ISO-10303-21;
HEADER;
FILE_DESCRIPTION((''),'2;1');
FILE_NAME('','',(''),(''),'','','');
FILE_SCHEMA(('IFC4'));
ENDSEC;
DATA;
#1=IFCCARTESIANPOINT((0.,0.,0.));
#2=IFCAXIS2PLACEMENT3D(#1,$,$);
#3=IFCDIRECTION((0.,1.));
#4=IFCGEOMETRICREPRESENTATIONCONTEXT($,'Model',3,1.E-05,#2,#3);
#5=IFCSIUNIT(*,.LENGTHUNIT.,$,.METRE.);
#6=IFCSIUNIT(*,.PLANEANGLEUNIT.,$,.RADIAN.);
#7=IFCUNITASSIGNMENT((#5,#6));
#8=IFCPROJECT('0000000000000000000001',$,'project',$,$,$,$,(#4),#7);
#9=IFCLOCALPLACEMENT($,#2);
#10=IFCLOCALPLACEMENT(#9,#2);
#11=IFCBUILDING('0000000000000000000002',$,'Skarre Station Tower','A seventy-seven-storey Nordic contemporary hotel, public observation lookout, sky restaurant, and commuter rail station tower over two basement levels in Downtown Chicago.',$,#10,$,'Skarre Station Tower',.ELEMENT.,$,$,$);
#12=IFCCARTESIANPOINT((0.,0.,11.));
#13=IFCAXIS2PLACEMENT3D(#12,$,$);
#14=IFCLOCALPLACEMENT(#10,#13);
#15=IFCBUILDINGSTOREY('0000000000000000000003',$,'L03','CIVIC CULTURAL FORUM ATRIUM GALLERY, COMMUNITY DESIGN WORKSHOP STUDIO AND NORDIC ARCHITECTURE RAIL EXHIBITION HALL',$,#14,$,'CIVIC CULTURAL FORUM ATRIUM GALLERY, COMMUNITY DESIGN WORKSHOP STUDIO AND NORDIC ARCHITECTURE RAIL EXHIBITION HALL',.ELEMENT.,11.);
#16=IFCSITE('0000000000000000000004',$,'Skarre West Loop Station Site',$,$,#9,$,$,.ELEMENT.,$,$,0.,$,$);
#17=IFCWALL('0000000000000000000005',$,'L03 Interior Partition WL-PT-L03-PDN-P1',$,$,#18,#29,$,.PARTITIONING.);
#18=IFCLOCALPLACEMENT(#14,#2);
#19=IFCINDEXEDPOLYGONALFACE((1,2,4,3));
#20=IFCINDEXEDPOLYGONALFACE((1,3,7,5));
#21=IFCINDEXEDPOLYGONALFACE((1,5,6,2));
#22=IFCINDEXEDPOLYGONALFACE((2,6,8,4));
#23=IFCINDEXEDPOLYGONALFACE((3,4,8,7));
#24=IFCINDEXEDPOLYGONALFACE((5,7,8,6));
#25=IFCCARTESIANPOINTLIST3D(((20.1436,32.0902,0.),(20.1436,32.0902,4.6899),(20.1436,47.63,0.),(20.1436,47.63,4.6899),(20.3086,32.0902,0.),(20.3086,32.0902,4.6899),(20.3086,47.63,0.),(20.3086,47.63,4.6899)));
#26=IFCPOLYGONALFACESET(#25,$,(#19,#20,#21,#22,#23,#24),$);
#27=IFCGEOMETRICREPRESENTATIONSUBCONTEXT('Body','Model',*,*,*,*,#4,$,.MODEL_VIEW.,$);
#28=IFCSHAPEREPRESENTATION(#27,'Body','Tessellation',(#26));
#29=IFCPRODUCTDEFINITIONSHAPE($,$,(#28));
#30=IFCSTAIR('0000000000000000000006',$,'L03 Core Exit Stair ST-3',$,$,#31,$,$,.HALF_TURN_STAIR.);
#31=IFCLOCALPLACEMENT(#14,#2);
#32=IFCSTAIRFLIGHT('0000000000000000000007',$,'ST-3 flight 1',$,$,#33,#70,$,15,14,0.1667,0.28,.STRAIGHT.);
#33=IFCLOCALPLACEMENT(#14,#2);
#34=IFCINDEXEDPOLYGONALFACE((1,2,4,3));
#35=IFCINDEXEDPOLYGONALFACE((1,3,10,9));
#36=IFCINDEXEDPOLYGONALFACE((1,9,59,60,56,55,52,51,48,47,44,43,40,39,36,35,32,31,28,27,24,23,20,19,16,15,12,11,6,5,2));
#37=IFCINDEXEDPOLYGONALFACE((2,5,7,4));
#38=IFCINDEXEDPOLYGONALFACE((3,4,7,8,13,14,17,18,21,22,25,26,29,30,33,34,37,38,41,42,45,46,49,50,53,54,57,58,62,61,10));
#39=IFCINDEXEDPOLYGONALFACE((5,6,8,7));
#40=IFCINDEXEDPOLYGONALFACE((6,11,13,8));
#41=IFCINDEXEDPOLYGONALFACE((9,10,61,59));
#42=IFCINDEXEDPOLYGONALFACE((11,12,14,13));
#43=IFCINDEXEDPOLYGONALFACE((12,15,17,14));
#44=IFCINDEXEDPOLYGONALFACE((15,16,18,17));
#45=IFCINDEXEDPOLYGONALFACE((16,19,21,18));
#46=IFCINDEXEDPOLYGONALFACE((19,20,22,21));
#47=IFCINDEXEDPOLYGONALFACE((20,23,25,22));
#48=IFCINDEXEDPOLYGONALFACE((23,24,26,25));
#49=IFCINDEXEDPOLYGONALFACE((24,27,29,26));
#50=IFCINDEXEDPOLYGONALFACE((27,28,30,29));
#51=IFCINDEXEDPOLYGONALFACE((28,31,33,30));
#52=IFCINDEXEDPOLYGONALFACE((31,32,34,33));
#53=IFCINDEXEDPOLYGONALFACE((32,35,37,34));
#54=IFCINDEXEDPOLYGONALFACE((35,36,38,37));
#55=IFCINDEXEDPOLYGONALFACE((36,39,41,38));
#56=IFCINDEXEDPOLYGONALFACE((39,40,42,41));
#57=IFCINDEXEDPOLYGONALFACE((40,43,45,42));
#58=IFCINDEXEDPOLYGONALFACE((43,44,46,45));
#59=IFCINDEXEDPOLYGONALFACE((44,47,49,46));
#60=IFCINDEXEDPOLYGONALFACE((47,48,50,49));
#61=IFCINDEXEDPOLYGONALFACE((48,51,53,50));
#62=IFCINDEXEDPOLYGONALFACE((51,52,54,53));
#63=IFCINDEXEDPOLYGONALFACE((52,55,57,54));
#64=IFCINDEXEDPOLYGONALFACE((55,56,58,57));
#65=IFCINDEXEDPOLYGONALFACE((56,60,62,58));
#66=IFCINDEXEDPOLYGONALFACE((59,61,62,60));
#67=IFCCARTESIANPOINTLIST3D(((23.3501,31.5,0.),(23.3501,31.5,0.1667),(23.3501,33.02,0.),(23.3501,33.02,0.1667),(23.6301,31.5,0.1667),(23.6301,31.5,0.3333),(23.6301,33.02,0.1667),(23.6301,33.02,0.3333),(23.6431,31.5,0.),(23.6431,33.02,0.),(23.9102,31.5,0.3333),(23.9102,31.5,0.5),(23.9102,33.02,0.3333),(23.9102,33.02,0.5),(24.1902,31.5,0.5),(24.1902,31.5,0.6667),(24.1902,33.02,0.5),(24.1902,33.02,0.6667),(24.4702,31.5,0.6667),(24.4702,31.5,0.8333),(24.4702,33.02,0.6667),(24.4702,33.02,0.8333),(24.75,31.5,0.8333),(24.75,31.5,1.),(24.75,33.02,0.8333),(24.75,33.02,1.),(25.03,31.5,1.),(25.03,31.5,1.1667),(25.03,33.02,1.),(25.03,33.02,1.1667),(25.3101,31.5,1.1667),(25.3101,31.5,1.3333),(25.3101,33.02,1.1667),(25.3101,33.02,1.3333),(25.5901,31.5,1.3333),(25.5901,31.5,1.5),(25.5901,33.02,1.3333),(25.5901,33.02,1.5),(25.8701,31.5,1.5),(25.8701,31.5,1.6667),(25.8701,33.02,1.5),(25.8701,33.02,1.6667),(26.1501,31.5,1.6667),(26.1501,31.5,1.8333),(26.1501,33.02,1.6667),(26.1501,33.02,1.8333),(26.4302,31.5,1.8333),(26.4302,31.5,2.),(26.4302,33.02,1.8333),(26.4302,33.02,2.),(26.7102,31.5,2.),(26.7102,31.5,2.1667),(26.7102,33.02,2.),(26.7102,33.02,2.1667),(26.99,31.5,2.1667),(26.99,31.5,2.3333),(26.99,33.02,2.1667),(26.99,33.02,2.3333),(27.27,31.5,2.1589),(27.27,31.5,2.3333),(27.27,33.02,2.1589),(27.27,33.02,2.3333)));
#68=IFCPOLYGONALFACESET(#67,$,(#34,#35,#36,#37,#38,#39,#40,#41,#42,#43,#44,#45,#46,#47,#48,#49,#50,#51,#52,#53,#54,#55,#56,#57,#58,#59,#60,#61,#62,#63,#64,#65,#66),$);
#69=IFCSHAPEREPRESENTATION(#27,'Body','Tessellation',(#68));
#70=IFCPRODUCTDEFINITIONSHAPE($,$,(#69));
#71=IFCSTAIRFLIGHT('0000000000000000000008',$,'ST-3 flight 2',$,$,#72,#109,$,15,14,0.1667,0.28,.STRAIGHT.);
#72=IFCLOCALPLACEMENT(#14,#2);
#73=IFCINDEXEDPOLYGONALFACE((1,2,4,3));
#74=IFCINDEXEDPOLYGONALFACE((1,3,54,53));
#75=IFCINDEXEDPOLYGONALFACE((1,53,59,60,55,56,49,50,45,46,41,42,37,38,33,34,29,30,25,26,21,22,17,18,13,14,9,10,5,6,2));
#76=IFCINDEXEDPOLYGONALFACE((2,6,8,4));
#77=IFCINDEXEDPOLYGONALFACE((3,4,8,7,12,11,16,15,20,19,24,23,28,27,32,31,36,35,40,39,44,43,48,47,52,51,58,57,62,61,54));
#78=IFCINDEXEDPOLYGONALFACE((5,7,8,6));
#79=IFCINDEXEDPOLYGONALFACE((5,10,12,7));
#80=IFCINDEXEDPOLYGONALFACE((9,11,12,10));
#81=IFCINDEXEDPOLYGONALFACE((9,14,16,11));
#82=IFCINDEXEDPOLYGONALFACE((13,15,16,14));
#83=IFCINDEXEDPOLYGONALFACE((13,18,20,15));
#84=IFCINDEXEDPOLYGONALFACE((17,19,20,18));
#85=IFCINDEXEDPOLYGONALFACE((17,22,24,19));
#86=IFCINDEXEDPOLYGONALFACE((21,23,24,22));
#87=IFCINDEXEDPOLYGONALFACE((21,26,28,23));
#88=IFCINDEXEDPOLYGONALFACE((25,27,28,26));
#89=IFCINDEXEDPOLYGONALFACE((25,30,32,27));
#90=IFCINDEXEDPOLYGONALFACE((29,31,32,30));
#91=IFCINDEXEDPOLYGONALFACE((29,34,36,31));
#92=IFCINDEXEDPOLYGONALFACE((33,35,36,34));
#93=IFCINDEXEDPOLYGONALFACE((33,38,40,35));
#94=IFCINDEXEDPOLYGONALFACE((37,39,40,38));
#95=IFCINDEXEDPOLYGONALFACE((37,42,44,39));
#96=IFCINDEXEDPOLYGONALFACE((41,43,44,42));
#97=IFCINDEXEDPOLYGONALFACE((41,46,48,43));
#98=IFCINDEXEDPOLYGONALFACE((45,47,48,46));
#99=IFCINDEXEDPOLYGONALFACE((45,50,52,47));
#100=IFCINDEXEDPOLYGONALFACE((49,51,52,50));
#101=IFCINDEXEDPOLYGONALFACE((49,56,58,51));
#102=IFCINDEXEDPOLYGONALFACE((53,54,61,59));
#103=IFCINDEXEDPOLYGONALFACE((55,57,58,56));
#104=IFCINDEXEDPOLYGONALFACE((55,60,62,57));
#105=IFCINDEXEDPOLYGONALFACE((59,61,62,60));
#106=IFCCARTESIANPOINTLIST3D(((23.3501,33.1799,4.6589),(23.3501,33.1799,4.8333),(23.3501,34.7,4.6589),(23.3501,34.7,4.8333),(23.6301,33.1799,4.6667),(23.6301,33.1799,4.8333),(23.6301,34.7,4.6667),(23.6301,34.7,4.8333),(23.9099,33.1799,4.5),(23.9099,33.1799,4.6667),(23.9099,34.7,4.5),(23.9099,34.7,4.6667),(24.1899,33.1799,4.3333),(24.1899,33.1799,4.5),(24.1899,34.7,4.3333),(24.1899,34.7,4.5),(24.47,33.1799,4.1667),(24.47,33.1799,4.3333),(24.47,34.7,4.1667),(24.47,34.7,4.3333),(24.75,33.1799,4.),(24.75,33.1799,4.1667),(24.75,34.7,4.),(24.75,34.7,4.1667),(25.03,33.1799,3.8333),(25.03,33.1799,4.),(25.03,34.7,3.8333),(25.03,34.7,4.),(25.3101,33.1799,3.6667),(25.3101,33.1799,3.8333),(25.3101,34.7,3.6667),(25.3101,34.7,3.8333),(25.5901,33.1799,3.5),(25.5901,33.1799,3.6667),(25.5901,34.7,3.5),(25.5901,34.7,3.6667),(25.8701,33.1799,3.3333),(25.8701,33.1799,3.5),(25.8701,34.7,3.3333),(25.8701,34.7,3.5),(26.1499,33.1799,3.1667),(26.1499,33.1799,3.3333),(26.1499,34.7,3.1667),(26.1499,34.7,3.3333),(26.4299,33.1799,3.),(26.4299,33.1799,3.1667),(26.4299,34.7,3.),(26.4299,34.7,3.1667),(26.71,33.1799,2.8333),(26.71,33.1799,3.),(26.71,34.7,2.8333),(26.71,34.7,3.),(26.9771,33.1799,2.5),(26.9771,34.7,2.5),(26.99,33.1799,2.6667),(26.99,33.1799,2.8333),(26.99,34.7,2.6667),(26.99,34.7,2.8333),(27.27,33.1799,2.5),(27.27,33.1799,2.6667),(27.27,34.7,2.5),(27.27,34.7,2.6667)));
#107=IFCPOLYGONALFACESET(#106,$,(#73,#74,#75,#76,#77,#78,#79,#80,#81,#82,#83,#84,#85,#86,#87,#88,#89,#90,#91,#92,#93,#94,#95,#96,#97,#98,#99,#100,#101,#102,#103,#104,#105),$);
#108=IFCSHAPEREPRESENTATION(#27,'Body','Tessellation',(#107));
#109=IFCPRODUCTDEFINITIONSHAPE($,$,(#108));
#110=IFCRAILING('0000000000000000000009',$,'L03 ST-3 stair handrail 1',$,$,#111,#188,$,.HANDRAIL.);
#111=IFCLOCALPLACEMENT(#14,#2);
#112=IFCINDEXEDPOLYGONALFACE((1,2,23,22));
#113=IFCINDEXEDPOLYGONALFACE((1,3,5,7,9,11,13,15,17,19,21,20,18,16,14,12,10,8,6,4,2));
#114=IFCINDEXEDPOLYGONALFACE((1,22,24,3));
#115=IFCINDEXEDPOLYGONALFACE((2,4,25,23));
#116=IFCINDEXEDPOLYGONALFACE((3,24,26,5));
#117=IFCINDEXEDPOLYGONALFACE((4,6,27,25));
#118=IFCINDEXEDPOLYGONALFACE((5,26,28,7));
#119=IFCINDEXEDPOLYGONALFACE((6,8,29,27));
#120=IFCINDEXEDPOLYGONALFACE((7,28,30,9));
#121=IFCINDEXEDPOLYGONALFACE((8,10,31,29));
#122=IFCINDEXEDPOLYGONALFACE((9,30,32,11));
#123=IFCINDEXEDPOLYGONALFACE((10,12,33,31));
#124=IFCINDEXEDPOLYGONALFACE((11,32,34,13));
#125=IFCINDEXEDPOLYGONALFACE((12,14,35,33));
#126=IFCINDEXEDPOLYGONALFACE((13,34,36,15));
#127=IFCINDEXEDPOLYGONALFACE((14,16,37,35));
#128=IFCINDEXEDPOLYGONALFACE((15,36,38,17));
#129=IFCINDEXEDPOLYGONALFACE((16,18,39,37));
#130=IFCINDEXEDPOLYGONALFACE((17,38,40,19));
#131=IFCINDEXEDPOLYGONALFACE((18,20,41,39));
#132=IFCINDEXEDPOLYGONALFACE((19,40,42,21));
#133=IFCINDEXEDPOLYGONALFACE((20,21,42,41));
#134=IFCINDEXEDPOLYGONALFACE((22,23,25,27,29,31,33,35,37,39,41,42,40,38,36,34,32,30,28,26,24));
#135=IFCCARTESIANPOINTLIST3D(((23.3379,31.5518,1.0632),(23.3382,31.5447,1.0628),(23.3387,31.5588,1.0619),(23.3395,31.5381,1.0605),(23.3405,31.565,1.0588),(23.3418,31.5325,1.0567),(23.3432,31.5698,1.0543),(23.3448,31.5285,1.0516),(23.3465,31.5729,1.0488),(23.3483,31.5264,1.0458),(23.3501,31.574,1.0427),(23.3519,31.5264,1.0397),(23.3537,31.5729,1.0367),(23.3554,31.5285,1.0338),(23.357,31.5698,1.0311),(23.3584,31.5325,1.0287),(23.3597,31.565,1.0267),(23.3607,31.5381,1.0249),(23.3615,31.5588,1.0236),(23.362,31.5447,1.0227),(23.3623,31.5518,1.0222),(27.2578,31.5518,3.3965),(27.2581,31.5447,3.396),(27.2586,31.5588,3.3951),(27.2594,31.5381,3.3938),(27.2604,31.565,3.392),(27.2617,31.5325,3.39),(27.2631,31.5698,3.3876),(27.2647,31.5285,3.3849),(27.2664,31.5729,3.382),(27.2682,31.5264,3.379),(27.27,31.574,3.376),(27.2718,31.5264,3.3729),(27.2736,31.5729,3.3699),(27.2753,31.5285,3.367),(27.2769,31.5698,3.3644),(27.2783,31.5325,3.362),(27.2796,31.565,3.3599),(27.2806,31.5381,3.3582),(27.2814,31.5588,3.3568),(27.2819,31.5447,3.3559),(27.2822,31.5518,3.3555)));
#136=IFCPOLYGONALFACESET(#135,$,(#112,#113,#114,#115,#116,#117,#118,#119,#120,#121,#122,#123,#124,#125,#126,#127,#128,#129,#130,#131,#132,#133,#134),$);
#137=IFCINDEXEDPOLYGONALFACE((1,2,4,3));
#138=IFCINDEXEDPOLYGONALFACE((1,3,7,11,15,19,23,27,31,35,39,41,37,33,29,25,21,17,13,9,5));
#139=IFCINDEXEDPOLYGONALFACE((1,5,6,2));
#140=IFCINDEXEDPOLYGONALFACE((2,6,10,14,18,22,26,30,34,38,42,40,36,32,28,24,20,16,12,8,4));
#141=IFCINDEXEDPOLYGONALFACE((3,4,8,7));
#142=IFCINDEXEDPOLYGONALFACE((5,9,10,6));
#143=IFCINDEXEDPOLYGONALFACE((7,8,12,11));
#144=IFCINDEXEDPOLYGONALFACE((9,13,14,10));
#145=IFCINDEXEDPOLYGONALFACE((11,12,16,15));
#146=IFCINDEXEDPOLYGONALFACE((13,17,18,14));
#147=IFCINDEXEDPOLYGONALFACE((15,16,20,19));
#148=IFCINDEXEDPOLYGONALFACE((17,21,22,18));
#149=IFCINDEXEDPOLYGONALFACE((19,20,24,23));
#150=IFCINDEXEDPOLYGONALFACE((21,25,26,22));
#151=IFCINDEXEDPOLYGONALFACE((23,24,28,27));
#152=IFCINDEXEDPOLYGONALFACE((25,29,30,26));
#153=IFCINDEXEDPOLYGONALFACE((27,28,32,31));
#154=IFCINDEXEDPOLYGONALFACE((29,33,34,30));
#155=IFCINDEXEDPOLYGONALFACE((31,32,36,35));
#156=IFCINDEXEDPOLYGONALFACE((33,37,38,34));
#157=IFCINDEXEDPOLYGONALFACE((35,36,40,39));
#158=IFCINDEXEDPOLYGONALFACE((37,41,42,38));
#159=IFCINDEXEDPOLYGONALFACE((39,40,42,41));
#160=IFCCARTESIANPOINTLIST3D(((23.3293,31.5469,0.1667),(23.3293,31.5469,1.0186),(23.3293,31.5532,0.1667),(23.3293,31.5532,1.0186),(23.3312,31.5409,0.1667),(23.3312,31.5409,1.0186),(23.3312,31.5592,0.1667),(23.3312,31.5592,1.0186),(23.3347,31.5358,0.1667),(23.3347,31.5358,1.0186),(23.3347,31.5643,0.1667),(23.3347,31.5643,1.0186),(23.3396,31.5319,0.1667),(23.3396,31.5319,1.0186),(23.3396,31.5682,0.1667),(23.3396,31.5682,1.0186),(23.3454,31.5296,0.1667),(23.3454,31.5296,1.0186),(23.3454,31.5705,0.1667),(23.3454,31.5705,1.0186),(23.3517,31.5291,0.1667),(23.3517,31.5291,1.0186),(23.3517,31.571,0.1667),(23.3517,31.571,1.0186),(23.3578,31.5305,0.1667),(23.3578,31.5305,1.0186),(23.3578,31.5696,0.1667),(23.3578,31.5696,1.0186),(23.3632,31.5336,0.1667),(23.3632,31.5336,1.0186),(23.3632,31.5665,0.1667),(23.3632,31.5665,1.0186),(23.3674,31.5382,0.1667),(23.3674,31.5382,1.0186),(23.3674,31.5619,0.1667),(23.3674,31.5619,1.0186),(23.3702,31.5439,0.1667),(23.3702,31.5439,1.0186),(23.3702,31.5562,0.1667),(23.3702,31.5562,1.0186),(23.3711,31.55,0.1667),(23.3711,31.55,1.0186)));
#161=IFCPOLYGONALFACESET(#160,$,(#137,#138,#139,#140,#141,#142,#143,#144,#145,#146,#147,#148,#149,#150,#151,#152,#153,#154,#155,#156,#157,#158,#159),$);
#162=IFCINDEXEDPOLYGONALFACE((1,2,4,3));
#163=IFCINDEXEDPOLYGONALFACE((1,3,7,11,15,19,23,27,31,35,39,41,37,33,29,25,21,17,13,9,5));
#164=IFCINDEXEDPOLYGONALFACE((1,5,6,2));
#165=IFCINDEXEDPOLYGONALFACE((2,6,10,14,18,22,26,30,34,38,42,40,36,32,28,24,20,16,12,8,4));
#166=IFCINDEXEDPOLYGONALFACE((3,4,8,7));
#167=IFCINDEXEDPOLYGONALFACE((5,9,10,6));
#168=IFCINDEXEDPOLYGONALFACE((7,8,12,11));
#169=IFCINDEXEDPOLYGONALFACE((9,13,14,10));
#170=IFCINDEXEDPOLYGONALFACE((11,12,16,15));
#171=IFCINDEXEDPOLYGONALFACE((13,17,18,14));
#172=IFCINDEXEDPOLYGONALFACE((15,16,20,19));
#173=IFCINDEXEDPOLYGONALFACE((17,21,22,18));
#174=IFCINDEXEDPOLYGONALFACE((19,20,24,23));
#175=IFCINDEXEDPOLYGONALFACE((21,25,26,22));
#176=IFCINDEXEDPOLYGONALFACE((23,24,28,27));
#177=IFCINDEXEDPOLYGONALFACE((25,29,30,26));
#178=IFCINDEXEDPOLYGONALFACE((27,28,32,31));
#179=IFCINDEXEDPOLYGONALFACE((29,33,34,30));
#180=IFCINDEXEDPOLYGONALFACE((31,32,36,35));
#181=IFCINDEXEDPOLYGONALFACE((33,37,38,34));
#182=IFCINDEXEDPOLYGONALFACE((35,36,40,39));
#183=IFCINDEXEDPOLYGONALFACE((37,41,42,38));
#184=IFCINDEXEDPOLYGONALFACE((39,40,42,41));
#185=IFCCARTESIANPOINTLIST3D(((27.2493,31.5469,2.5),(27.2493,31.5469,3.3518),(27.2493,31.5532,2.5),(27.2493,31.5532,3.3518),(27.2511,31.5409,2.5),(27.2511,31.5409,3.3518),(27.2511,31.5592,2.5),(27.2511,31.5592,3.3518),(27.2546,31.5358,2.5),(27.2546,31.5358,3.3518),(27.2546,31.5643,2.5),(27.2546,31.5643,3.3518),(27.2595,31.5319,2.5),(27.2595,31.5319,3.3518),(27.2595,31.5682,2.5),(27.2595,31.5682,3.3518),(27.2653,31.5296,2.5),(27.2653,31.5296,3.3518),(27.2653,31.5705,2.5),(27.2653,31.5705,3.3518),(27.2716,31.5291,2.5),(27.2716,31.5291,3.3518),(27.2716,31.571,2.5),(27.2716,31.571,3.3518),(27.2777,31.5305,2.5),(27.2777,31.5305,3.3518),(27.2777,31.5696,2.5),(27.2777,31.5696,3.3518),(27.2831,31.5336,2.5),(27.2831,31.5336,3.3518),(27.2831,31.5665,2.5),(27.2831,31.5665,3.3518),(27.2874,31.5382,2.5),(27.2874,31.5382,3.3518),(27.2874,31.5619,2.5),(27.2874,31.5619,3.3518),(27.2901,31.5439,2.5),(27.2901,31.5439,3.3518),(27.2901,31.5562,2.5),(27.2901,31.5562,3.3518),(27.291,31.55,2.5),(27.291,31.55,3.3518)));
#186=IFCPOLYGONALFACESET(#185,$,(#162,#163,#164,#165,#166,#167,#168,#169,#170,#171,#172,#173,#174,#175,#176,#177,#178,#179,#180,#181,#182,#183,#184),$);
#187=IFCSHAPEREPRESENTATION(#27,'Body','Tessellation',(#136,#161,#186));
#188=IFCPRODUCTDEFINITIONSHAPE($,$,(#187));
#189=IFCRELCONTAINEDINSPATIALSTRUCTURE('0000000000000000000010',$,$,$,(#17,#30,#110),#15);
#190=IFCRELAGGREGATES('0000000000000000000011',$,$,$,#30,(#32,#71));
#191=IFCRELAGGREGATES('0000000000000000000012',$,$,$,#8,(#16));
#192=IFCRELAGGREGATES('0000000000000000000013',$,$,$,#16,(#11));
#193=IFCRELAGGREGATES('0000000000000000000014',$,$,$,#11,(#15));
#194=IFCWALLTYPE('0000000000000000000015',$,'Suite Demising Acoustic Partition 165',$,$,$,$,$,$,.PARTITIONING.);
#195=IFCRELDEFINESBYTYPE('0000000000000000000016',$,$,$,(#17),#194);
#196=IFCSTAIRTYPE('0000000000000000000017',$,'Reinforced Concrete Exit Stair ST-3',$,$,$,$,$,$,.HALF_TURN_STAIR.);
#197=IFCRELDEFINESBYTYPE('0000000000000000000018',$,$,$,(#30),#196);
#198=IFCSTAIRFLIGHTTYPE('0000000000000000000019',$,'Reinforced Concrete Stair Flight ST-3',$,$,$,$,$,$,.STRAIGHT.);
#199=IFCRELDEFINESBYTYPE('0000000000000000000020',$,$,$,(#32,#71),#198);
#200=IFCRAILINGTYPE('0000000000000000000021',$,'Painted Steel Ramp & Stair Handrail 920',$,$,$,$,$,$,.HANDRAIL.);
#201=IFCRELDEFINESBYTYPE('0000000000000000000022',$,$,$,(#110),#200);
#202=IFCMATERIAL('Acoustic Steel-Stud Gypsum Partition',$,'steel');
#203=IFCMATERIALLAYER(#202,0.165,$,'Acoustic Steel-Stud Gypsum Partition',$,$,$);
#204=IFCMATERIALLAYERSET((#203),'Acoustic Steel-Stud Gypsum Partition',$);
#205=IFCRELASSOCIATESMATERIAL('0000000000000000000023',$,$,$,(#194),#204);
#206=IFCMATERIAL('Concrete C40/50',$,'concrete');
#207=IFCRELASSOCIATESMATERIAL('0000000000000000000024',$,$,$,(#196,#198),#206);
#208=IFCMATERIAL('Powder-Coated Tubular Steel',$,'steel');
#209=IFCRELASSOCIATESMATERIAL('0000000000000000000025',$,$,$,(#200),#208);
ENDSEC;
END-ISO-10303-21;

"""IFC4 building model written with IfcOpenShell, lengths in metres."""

from ifc_helpers import new_model, si_unit, direction, frame, frame_2d, origin, origin_2d, place, context, subcontext, project, spatial, polyline, rectangle, circle, outline, extrude, material, layer, layer_set, type_object, element, aggregate, save


model = new_model("IFC4")

# Units and contexts
model_context = context("Model", 3, precision=1e-05, world=origin(), true_north=direction((0.0, 1.0)))
body_context = subcontext(model_context, "Body", "Model", "MODEL_VIEW")
ifc_project = project(units=[si_unit("LENGTHUNIT", "METRE"), si_unit("PLANEANGLEUNIT", "RADIAN")], contexts=[model_context])

# Site, building, storey
site_placement = place(None, origin())
site = spatial("IfcSite", under=ifc_project, at=site_placement, Name="Skarre West Loop Station Site", CompositionType="ELEMENT", RefElevation=0.0)
building_placement = place(site_placement, origin())
building = spatial("IfcBuilding", under=site, at=building_placement, Name="Skarre Station Tower", Description="A seventy-seven-storey Nordic contemporary hotel, public observation lookout, sky restaurant, and commuter rail station tower over two basement levels in Downtown Chicago.", LongName="Skarre Station Tower", CompositionType="ELEMENT")
storey_placement = place(building_placement, frame((0.0, 0.0, 11.0)))
storey = spatial("IfcBuildingStorey", under=building, at=storey_placement, Name="L03", Description="CIVIC CULTURAL FORUM ATRIUM GALLERY, COMMUNITY DESIGN WORKSHOP STUDIO AND NORDIC ARCHITECTURE RAIL EXHIBITION HALL", LongName="CIVIC CULTURAL FORUM ATRIUM GALLERY, COMMUNITY DESIGN WORKSHOP STUDIO AND NORDIC ARCHITECTURE RAIL EXHIBITION HALL", CompositionType="ELEMENT", Elevation=11.0)

# Shared definitions
ifc_material_1 = material(Name="Acoustic Steel-Stud Gypsum Partition", Category="steel")

# Wall
ifc_layer_1 = layer(ifc_material_1, 0.165, Name="Acoustic Steel-Stud Gypsum Partition")
ifc_layer_set_1 = layer_set([ifc_layer_1], Name="Acoustic Steel-Stud Gypsum Partition")
wall_type_1 = type_object("IfcWallType", Name="Suite Demising Acoustic Partition 165", PredefinedType="PARTITIONING", material=ifc_layer_set_1)
wall_1_placement = place(storey_placement, frame((20.2261, 32.0901, 0.0), z_axis=(0.0, 0.0, 1.0), x_axis=(0.0, 1.0, 0.0)))
element("IfcWall", 1, at=wall_1_placement, inside=storey, type_object=wall_type_1, Name="L03 Interior Partition WL-PT-L03-PDN-P1", PredefinedType="PARTITIONING", context=body_context, shape_type="SweptSolid", body=[
    extrude(rectangle(XDim=15.5398, YDim=0.165, at=frame_2d((7.77, 0.0))), origin(), (0.0, 0.0, 1.0), 4.6899),
])

# Stair, stair flights
ifc_material_2 = material(Name="Concrete C40/50", Category="concrete")
stair_type = type_object("IfcStairType", Name="Reinforced Concrete Exit Stair ST-3", PredefinedType="HALF_TURN_STAIR", material=ifc_material_2)
stair_placement = place(storey_placement, origin())
stair = element("IfcStair", 2, at=stair_placement, inside=storey, type_object=stair_type, Name="L03 Core Exit Stair ST-3", PredefinedType="HALF_TURN_STAIR")
stair_flight_type = type_object("IfcStairFlightType", Name="Reinforced Concrete Stair Flight ST-3", PredefinedType="STRAIGHT", material=ifc_material_2)
stair_flight_1_placement = place(storey_placement, frame((23.3501, 32.26, 0.0), z_axis=(0.0, 0.0, 1.0), x_axis=(1.0, 0.0, 0.0)))
stair_flight_1 = element("IfcStairFlight", 3, at=stair_flight_1_placement, type_object=stair_flight_type, Name="ST-3 flight 1", NumberOfRisers=15, NumberOfTreads=14, PredefinedType="STRAIGHT", RiserHeight=0.1667, TreadLength=0.28, context=body_context, shape_type="SweptSolid", body=[
    extrude(outline(polyline([(0.0, 0.0), (0.0, 0.1667), (0.28, 0.1667), (0.28, 0.3333), (0.5601, 0.3333), (0.5601, 0.5), (0.8401, 0.5), (0.8401, 0.6667), (1.1201, 0.6667), (1.1201, 0.8333), (1.3999, 0.8333), (1.3999, 1.0), (1.6799, 1.0), (1.6799, 1.1667), (1.96, 1.1667), (1.96, 1.3333), (2.24, 1.3333), (2.24, 1.5), (2.52, 1.5), (2.52, 1.6667), (2.8, 1.6667), (2.8, 1.8333), (3.0801, 1.8333), (3.0801, 2.0), (3.3601, 2.0), (3.3601, 2.1667), (3.6399, 2.1667), (3.6399, 2.3333), (3.9199, 2.3333), (3.9199, 2.5), (3.9199, 2.1589), (0.293, 0.0), (0.0, 0.0)])), frame((0.0, 0.76, 0.0), z_axis=(0.0, -1.0, 0.0), x_axis=(1.0, 0.0, 0.0)), (0.0, 0.0, 1.0), 1.52),
])
stair_flight_2_placement = place(storey_placement, frame((27.27, 33.9399, 2.5), z_axis=(0.0, 0.0, 1.0), x_axis=(-1.0, 0.0, 0.0)))
stair_flight_2 = element("IfcStairFlight", 4, at=stair_flight_2_placement, type_object=stair_flight_type, Name="ST-3 flight 2", NumberOfRisers=15, NumberOfTreads=14, PredefinedType="STRAIGHT", RiserHeight=0.1667, TreadLength=0.28, context=body_context, shape_type="SweptSolid", body=[
    extrude(outline(polyline([(0.0, 0.0), (0.0, 0.1667), (0.28, 0.1667), (0.28, 0.3333), (0.5601, 0.3333), (0.5601, 0.5), (0.8401, 0.5), (0.8401, 0.6667), (1.1201, 0.6667), (1.1201, 0.8333), (1.3999, 0.8333), (1.3999, 1.0), (1.6799, 1.0), (1.6799, 1.1667), (1.96, 1.1667), (1.96, 1.3333), (2.24, 1.3333), (2.24, 1.5), (2.52, 1.5), (2.52, 1.6667), (2.8, 1.6667), (2.8, 1.8333), (3.0801, 1.8333), (3.0801, 2.0), (3.3601, 2.0), (3.3601, 2.1667), (3.6399, 2.1667), (3.6399, 2.3333), (3.9199, 2.3333), (3.9199, 2.5), (3.9199, 2.1589), (0.293, 0.0), (0.0, 0.0)])), frame((0.0, 0.76, 0.0), z_axis=(0.0, -1.0, 0.0), x_axis=(1.0, 0.0, 0.0)), (0.0, 0.0, 1.0), 1.52),
])
aggregate(stair, [stair_flight_1, stair_flight_2])

# Railing
ifc_material_3 = material(Name="Powder-Coated Tubular Steel", Category="steel")
railing_type_1 = type_object("IfcRailingType", Name="Painted Steel Ramp & Stair Handrail 920", PredefinedType="HANDRAIL", material=ifc_material_3)
railing_1_placement = place(storey_placement, frame((23.3501, 31.55, 0.1667)))
element("IfcRailing", 5, at=railing_1_placement, inside=storey, type_object=railing_type_1, Name="L03 ST-3 stair handrail 1", PredefinedType="HANDRAIL", context=body_context, shape_type="SweptSolid", body=[
    extrude(circle(Radius=0.0239, at=origin_2d()), frame((0.0, 0.0, 0.876), z_axis=(0.859296, 0.0, 0.511478), x_axis=(0.0, 1.0, 0.0)), (0.0, 0.0, 1.0), 4.5618),
    extrude(circle(Radius=0.021, at=origin_2d()), origin(), (0.0, 0.0, 1.0), 0.8518),
    extrude(circle(Radius=0.021, at=origin_2d()), frame((3.9199, 0.0, 2.3333)), (0.0, 0.0, 1.0), 0.8518),
])

save(model, "model.ifc")
